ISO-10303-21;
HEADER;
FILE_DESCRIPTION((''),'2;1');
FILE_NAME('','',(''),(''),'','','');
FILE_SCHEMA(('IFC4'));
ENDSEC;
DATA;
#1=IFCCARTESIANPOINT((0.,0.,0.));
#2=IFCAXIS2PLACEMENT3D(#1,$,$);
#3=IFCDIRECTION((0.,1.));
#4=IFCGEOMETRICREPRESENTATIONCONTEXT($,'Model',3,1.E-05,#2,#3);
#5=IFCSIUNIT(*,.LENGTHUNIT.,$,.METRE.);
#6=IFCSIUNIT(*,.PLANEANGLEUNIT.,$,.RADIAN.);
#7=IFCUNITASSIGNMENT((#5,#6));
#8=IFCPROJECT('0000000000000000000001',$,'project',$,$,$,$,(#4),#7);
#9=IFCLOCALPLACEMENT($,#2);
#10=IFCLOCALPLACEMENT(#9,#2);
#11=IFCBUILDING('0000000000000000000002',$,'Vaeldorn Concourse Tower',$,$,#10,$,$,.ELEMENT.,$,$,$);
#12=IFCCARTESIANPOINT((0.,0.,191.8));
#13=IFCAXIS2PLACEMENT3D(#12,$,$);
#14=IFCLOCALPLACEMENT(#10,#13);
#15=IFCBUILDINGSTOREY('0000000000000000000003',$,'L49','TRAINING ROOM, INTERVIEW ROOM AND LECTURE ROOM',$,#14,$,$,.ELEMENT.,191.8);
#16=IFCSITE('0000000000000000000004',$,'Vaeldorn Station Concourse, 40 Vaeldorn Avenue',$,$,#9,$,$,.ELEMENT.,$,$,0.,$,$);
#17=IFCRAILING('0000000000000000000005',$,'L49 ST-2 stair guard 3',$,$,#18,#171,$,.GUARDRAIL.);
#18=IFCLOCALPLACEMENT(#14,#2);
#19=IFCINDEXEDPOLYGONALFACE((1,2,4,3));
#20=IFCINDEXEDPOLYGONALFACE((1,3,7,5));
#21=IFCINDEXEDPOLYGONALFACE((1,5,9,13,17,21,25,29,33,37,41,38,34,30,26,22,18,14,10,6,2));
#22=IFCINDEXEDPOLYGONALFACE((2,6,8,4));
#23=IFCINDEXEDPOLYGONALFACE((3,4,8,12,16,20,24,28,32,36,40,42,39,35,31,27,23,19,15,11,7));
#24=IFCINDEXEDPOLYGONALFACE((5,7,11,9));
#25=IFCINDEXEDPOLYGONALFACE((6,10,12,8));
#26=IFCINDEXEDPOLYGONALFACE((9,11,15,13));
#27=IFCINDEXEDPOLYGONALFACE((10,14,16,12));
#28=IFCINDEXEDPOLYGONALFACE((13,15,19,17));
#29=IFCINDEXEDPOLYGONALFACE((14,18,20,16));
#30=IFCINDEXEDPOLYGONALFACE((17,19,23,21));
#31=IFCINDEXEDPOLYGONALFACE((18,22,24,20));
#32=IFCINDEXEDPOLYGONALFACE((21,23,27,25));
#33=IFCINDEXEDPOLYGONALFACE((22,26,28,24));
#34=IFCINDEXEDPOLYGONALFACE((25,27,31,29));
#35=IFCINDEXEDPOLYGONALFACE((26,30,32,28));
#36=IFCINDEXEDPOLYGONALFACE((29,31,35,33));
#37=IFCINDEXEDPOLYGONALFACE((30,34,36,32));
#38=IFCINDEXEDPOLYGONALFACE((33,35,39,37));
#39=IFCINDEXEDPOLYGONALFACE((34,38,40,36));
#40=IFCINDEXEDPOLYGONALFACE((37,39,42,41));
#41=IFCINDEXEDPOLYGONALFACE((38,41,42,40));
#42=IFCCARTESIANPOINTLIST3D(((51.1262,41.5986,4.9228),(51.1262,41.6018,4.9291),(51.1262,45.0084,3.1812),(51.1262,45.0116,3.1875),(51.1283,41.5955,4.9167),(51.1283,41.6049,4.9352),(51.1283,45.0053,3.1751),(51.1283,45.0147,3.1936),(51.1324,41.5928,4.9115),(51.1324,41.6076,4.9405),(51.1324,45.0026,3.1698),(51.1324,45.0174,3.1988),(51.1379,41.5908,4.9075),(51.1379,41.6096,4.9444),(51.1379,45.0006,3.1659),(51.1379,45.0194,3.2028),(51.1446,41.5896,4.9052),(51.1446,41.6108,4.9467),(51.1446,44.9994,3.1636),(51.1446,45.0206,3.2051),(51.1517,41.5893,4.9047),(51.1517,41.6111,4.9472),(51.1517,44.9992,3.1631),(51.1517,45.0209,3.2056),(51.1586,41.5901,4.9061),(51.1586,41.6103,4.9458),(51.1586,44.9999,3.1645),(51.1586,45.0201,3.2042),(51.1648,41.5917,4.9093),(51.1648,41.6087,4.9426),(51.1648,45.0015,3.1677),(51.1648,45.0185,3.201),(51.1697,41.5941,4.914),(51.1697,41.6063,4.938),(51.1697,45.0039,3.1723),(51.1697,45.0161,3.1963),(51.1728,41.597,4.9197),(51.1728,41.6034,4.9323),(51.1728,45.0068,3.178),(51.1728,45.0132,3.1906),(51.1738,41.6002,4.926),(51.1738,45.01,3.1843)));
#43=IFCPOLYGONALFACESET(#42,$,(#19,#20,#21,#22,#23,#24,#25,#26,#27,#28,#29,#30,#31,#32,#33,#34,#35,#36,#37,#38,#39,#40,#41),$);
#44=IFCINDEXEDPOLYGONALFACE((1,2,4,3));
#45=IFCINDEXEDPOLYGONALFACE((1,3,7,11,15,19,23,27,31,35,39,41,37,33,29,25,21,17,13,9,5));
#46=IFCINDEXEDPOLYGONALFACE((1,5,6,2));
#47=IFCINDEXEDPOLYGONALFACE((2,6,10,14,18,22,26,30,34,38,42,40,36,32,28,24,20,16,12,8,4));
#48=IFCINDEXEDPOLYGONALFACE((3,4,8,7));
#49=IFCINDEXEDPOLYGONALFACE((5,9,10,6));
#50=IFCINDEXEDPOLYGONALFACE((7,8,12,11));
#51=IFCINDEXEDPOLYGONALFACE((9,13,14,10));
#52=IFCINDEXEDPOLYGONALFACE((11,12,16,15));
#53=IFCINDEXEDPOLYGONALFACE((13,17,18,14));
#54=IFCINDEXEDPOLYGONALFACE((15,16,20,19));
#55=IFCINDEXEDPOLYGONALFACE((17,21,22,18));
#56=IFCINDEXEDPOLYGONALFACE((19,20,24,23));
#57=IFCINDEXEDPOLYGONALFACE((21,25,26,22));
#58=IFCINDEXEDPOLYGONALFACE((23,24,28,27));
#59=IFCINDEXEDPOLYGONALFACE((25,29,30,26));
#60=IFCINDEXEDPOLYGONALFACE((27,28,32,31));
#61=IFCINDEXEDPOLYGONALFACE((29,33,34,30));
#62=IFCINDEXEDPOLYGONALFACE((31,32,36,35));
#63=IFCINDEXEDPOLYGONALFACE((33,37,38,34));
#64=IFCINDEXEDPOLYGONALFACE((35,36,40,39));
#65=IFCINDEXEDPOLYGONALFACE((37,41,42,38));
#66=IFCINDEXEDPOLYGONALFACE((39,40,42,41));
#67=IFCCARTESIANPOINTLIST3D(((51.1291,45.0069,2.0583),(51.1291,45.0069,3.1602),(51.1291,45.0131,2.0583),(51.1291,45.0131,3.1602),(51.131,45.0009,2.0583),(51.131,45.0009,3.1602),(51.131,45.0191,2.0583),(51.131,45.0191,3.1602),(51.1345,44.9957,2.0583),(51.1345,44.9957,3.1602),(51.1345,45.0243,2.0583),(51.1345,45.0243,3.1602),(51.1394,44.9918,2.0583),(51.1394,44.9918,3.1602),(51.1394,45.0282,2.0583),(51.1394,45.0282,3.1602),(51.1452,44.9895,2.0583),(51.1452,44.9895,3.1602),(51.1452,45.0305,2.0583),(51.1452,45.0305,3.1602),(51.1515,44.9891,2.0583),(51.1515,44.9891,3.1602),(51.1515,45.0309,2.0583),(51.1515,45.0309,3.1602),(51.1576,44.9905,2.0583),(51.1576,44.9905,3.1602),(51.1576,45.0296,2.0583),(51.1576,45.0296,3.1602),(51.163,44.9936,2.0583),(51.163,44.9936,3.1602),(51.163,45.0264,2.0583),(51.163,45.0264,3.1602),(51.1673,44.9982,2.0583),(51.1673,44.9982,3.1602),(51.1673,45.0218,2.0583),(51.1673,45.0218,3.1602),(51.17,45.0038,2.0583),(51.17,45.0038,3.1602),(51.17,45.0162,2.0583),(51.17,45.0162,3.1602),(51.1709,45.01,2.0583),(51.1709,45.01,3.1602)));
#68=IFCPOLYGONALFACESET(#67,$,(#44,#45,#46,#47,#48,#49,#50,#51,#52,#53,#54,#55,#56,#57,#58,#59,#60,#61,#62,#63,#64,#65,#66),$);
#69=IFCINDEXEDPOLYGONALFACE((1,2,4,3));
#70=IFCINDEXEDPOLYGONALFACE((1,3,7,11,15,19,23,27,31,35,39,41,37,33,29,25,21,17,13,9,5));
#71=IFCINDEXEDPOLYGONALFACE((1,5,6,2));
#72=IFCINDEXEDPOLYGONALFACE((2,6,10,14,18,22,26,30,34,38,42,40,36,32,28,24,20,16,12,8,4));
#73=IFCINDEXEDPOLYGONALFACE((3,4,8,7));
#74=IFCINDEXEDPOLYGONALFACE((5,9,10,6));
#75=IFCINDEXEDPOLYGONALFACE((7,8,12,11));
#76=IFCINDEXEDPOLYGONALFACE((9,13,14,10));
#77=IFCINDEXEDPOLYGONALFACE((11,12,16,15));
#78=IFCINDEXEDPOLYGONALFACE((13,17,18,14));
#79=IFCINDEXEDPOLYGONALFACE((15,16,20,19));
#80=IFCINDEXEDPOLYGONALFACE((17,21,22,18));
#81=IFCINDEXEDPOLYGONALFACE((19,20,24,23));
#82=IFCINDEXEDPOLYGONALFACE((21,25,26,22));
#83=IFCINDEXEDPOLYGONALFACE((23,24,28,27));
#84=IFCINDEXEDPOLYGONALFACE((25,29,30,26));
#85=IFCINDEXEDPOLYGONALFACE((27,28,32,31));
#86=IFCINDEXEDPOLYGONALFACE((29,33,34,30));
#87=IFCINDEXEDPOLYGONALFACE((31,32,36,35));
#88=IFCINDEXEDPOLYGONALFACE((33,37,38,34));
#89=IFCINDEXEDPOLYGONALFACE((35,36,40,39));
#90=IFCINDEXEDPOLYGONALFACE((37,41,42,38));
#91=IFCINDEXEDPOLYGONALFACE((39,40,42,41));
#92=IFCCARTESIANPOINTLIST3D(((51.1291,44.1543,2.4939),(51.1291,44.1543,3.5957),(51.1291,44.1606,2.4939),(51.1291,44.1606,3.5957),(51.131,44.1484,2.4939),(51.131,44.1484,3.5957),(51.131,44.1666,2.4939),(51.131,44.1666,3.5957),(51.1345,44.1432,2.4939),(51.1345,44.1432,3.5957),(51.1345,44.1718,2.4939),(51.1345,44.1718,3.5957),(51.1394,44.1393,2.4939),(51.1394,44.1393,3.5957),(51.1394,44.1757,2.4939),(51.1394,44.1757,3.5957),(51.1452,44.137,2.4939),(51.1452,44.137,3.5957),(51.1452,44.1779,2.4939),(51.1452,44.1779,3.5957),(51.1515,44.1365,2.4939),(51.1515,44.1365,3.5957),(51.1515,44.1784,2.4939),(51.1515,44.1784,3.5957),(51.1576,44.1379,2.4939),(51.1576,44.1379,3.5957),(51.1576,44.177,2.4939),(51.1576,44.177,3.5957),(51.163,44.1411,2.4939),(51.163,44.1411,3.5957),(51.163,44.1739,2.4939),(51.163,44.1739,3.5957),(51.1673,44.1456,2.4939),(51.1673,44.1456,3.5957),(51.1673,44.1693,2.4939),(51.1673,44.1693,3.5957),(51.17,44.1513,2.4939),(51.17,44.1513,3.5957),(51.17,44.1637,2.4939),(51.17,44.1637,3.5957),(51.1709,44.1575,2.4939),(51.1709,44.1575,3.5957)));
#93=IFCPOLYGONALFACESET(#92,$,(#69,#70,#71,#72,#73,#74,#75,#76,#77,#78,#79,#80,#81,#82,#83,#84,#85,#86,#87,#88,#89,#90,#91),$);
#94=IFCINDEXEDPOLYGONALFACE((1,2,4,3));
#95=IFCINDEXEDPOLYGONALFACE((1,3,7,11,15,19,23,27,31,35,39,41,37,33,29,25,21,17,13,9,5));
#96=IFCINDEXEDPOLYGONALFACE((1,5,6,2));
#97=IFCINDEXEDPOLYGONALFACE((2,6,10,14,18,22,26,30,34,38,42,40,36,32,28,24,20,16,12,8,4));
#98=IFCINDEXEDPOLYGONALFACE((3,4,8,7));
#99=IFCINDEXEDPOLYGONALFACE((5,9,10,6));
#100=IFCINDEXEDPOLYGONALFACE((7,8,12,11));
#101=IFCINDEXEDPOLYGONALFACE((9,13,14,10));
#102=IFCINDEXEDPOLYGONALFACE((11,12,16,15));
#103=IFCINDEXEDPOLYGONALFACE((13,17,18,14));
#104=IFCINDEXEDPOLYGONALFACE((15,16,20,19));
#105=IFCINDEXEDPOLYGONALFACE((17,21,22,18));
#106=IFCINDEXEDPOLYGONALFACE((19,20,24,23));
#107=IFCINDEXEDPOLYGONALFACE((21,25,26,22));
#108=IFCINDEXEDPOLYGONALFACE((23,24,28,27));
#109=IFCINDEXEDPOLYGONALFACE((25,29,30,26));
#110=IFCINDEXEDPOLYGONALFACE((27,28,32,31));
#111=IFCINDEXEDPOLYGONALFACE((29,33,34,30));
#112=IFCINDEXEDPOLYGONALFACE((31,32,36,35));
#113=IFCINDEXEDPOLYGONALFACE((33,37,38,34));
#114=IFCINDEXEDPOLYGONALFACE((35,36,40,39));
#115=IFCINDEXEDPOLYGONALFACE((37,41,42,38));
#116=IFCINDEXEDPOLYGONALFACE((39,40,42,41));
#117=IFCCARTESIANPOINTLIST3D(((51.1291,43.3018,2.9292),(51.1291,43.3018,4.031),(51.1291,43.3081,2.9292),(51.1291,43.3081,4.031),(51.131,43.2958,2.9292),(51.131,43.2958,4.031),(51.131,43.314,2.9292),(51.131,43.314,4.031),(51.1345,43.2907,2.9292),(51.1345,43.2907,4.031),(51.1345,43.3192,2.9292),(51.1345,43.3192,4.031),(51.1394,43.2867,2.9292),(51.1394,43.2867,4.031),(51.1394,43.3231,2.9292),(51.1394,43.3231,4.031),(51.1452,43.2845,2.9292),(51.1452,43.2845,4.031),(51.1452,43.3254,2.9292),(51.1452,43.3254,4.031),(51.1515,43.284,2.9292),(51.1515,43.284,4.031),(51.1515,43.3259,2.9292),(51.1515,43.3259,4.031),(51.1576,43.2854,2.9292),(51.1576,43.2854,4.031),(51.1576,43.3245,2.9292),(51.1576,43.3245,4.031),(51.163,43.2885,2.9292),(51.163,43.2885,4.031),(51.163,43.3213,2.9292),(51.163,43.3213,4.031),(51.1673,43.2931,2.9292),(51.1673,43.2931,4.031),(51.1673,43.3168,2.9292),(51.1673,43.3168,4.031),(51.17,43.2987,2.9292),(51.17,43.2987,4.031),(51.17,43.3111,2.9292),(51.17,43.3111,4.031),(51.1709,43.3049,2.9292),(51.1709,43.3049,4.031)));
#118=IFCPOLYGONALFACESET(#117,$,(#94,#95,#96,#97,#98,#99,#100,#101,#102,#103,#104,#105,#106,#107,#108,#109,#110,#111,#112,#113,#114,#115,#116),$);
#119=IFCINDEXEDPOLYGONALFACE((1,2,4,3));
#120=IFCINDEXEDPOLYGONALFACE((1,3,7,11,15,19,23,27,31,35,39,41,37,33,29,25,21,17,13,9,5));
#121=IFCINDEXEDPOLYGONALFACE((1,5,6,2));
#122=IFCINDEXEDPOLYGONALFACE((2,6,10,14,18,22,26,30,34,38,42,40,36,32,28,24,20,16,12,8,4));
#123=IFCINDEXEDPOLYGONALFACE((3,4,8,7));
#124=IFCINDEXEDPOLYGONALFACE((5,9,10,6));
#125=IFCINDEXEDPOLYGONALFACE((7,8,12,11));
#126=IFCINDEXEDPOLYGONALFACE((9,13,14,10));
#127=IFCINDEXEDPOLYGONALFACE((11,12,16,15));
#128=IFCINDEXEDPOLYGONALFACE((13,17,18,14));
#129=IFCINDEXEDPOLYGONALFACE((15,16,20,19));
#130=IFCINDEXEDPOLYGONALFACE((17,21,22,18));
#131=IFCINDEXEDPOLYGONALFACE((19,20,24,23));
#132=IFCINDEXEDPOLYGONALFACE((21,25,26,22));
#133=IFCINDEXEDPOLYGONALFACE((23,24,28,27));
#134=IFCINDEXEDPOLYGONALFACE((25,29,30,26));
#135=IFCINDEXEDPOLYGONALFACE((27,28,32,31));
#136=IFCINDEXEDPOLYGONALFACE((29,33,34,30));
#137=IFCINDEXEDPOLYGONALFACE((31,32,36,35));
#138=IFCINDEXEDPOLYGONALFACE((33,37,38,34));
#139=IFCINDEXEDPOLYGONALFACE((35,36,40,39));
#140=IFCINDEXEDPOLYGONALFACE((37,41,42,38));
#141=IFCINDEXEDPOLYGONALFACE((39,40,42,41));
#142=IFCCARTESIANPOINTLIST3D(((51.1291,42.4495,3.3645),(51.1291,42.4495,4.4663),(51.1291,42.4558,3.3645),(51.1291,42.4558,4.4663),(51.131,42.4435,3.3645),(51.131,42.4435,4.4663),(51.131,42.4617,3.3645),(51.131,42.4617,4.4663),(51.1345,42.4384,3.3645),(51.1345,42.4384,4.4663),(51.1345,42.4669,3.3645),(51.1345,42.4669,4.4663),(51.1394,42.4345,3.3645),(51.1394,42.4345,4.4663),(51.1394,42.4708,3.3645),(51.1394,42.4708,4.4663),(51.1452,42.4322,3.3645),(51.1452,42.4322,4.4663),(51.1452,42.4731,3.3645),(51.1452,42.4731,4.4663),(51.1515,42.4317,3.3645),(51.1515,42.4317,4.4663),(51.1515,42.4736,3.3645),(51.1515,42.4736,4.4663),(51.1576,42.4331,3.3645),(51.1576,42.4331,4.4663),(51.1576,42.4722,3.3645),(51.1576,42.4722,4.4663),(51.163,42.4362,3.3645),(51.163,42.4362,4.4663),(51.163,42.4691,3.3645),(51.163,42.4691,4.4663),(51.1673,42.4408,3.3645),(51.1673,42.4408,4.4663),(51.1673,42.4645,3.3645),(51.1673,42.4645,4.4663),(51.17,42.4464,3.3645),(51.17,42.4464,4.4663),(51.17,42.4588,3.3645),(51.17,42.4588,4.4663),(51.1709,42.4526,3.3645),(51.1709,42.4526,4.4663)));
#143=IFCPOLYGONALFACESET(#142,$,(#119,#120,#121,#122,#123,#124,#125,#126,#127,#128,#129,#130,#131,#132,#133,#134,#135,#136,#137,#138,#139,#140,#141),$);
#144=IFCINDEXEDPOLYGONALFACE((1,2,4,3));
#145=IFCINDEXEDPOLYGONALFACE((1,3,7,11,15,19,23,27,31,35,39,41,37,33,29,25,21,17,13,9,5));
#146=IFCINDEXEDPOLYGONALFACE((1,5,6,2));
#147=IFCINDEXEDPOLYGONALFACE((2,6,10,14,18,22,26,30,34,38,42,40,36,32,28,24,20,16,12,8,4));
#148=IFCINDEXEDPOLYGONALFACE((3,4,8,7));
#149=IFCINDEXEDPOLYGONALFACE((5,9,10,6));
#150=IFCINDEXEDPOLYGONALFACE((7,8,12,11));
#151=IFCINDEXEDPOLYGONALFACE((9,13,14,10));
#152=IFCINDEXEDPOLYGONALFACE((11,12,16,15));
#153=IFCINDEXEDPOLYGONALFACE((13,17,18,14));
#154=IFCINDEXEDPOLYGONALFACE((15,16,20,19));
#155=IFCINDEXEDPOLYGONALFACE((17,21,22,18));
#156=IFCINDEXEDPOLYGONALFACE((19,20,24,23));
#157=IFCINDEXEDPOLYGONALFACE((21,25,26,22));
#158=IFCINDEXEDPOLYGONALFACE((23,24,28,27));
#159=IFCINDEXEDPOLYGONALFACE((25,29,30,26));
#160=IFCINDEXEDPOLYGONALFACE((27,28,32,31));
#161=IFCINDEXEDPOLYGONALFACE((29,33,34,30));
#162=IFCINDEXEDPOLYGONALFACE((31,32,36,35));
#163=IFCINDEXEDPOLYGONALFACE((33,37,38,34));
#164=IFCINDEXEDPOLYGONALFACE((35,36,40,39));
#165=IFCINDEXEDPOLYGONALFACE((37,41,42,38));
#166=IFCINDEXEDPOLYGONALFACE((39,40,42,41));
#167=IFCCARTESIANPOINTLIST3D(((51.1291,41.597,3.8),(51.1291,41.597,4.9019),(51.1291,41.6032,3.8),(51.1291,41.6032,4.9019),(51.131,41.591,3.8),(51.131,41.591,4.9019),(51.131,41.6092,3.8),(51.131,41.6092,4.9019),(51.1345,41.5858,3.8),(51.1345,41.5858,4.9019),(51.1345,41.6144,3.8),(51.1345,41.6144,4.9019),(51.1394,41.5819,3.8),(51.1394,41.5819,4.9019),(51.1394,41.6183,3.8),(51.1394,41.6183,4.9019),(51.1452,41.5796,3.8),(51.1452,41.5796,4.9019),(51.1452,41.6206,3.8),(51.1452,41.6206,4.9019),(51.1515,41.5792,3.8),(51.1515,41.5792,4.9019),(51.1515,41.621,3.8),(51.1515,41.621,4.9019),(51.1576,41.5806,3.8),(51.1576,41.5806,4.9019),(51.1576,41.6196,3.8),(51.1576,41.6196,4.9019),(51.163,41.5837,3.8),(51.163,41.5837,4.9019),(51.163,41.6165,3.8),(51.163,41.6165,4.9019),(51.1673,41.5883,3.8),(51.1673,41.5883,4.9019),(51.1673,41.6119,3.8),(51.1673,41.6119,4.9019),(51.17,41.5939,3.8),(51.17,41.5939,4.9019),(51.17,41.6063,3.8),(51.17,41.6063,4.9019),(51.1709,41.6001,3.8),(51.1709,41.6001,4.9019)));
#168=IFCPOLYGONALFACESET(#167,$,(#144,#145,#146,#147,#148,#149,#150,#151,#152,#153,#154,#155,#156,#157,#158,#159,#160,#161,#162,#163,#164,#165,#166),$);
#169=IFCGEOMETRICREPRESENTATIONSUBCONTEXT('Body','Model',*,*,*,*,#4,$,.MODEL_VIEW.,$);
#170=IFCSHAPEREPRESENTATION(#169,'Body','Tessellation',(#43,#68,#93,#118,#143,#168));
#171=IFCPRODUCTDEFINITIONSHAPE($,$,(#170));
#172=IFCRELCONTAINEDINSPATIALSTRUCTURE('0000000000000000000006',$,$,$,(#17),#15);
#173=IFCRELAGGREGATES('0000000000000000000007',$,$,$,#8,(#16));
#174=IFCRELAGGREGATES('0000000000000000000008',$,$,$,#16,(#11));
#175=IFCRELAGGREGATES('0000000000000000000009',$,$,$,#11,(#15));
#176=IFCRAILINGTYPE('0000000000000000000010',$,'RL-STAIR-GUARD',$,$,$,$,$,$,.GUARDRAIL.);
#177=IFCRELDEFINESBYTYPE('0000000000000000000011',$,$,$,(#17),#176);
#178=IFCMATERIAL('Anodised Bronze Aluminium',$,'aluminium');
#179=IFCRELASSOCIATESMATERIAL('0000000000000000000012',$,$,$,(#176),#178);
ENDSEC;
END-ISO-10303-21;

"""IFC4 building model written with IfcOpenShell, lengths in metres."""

from ifc_helpers import new_model, si_unit, direction, frame, origin, origin_2d, place, context, subcontext, project, spatial, circle, extrude, material, type_object, element, save


model = new_model("IFC4")

# Units and contexts
model_context = context("Model", 3, precision=1e-05, world=origin(), true_north=direction((0.0, 1.0)))
body_context = subcontext(model_context, "Body", "Model", "MODEL_VIEW")
ifc_project = project(units=[si_unit("LENGTHUNIT", "METRE"), si_unit("PLANEANGLEUNIT", "RADIAN")], contexts=[model_context])

# Site, building, storey
site_placement = place(None, origin())
site = spatial("IfcSite", under=ifc_project, at=site_placement, Name="Vaeldorn Station Concourse, 40 Vaeldorn Avenue", CompositionType="ELEMENT", RefElevation=0.0)
building_placement = place(site_placement, origin())
building = spatial("IfcBuilding", under=site, at=building_placement, Name="Vaeldorn Concourse Tower", CompositionType="ELEMENT")
storey_placement = place(building_placement, frame((0.0, 0.0, 191.8)))
storey = spatial("IfcBuildingStorey", under=building, at=storey_placement, Name="L49", Description="TRAINING ROOM, INTERVIEW ROOM AND LECTURE ROOM", CompositionType="ELEMENT", Elevation=191.8)

# Shared definitions
ifc_material_1 = material(Name="Anodised Bronze Aluminium", Category="aluminium")

# Railing
railing_type_1 = type_object("IfcRailingType", Name="RL-STAIR-GUARD", PredefinedType="GUARDRAIL", material=ifc_material_1)
railing_1_placement = place(storey_placement, frame((51.1499, 45.01, 2.0583)))
element("IfcRailing", 1, at=railing_1_placement, inside=storey, type_object=railing_type_1, Name="L49 ST-2 stair guard 3", PredefinedType="GUARDRAIL", context=body_context, shape_type="SweptSolid", body=[
    extrude(circle(Radius=0.0239, at=origin_2d()), frame((0.0, 0.0, 1.126), z_axis=(0.0, -0.890556, 0.454874), x_axis=(1.0, 0.0, 0.0)), (0.0, 0.0, 1.0), 3.8289),
    extrude(circle(Radius=0.021, at=origin_2d()), origin(), (0.0, 0.0, 1.0), 1.1018),
    extrude(circle(Radius=0.021, at=origin_2d()), frame((0.0, -0.8525, 0.4355)), (0.0, 0.0, 1.0), 1.1018),
    extrude(circle(Radius=0.021, at=origin_2d()), frame((0.0, -1.7051, 0.8708)), (0.0, 0.0, 1.0), 1.1018),
    extrude(circle(Radius=0.021, at=origin_2d()), frame((0.0, -2.5574, 1.3062)), (0.0, 0.0, 1.0), 1.1018),
    extrude(circle(Radius=0.021, at=origin_2d()), frame((0.0, -3.4099, 1.7417)), (0.0, 0.0, 1.0), 1.1018),
])

save(model, "model.ifc")
